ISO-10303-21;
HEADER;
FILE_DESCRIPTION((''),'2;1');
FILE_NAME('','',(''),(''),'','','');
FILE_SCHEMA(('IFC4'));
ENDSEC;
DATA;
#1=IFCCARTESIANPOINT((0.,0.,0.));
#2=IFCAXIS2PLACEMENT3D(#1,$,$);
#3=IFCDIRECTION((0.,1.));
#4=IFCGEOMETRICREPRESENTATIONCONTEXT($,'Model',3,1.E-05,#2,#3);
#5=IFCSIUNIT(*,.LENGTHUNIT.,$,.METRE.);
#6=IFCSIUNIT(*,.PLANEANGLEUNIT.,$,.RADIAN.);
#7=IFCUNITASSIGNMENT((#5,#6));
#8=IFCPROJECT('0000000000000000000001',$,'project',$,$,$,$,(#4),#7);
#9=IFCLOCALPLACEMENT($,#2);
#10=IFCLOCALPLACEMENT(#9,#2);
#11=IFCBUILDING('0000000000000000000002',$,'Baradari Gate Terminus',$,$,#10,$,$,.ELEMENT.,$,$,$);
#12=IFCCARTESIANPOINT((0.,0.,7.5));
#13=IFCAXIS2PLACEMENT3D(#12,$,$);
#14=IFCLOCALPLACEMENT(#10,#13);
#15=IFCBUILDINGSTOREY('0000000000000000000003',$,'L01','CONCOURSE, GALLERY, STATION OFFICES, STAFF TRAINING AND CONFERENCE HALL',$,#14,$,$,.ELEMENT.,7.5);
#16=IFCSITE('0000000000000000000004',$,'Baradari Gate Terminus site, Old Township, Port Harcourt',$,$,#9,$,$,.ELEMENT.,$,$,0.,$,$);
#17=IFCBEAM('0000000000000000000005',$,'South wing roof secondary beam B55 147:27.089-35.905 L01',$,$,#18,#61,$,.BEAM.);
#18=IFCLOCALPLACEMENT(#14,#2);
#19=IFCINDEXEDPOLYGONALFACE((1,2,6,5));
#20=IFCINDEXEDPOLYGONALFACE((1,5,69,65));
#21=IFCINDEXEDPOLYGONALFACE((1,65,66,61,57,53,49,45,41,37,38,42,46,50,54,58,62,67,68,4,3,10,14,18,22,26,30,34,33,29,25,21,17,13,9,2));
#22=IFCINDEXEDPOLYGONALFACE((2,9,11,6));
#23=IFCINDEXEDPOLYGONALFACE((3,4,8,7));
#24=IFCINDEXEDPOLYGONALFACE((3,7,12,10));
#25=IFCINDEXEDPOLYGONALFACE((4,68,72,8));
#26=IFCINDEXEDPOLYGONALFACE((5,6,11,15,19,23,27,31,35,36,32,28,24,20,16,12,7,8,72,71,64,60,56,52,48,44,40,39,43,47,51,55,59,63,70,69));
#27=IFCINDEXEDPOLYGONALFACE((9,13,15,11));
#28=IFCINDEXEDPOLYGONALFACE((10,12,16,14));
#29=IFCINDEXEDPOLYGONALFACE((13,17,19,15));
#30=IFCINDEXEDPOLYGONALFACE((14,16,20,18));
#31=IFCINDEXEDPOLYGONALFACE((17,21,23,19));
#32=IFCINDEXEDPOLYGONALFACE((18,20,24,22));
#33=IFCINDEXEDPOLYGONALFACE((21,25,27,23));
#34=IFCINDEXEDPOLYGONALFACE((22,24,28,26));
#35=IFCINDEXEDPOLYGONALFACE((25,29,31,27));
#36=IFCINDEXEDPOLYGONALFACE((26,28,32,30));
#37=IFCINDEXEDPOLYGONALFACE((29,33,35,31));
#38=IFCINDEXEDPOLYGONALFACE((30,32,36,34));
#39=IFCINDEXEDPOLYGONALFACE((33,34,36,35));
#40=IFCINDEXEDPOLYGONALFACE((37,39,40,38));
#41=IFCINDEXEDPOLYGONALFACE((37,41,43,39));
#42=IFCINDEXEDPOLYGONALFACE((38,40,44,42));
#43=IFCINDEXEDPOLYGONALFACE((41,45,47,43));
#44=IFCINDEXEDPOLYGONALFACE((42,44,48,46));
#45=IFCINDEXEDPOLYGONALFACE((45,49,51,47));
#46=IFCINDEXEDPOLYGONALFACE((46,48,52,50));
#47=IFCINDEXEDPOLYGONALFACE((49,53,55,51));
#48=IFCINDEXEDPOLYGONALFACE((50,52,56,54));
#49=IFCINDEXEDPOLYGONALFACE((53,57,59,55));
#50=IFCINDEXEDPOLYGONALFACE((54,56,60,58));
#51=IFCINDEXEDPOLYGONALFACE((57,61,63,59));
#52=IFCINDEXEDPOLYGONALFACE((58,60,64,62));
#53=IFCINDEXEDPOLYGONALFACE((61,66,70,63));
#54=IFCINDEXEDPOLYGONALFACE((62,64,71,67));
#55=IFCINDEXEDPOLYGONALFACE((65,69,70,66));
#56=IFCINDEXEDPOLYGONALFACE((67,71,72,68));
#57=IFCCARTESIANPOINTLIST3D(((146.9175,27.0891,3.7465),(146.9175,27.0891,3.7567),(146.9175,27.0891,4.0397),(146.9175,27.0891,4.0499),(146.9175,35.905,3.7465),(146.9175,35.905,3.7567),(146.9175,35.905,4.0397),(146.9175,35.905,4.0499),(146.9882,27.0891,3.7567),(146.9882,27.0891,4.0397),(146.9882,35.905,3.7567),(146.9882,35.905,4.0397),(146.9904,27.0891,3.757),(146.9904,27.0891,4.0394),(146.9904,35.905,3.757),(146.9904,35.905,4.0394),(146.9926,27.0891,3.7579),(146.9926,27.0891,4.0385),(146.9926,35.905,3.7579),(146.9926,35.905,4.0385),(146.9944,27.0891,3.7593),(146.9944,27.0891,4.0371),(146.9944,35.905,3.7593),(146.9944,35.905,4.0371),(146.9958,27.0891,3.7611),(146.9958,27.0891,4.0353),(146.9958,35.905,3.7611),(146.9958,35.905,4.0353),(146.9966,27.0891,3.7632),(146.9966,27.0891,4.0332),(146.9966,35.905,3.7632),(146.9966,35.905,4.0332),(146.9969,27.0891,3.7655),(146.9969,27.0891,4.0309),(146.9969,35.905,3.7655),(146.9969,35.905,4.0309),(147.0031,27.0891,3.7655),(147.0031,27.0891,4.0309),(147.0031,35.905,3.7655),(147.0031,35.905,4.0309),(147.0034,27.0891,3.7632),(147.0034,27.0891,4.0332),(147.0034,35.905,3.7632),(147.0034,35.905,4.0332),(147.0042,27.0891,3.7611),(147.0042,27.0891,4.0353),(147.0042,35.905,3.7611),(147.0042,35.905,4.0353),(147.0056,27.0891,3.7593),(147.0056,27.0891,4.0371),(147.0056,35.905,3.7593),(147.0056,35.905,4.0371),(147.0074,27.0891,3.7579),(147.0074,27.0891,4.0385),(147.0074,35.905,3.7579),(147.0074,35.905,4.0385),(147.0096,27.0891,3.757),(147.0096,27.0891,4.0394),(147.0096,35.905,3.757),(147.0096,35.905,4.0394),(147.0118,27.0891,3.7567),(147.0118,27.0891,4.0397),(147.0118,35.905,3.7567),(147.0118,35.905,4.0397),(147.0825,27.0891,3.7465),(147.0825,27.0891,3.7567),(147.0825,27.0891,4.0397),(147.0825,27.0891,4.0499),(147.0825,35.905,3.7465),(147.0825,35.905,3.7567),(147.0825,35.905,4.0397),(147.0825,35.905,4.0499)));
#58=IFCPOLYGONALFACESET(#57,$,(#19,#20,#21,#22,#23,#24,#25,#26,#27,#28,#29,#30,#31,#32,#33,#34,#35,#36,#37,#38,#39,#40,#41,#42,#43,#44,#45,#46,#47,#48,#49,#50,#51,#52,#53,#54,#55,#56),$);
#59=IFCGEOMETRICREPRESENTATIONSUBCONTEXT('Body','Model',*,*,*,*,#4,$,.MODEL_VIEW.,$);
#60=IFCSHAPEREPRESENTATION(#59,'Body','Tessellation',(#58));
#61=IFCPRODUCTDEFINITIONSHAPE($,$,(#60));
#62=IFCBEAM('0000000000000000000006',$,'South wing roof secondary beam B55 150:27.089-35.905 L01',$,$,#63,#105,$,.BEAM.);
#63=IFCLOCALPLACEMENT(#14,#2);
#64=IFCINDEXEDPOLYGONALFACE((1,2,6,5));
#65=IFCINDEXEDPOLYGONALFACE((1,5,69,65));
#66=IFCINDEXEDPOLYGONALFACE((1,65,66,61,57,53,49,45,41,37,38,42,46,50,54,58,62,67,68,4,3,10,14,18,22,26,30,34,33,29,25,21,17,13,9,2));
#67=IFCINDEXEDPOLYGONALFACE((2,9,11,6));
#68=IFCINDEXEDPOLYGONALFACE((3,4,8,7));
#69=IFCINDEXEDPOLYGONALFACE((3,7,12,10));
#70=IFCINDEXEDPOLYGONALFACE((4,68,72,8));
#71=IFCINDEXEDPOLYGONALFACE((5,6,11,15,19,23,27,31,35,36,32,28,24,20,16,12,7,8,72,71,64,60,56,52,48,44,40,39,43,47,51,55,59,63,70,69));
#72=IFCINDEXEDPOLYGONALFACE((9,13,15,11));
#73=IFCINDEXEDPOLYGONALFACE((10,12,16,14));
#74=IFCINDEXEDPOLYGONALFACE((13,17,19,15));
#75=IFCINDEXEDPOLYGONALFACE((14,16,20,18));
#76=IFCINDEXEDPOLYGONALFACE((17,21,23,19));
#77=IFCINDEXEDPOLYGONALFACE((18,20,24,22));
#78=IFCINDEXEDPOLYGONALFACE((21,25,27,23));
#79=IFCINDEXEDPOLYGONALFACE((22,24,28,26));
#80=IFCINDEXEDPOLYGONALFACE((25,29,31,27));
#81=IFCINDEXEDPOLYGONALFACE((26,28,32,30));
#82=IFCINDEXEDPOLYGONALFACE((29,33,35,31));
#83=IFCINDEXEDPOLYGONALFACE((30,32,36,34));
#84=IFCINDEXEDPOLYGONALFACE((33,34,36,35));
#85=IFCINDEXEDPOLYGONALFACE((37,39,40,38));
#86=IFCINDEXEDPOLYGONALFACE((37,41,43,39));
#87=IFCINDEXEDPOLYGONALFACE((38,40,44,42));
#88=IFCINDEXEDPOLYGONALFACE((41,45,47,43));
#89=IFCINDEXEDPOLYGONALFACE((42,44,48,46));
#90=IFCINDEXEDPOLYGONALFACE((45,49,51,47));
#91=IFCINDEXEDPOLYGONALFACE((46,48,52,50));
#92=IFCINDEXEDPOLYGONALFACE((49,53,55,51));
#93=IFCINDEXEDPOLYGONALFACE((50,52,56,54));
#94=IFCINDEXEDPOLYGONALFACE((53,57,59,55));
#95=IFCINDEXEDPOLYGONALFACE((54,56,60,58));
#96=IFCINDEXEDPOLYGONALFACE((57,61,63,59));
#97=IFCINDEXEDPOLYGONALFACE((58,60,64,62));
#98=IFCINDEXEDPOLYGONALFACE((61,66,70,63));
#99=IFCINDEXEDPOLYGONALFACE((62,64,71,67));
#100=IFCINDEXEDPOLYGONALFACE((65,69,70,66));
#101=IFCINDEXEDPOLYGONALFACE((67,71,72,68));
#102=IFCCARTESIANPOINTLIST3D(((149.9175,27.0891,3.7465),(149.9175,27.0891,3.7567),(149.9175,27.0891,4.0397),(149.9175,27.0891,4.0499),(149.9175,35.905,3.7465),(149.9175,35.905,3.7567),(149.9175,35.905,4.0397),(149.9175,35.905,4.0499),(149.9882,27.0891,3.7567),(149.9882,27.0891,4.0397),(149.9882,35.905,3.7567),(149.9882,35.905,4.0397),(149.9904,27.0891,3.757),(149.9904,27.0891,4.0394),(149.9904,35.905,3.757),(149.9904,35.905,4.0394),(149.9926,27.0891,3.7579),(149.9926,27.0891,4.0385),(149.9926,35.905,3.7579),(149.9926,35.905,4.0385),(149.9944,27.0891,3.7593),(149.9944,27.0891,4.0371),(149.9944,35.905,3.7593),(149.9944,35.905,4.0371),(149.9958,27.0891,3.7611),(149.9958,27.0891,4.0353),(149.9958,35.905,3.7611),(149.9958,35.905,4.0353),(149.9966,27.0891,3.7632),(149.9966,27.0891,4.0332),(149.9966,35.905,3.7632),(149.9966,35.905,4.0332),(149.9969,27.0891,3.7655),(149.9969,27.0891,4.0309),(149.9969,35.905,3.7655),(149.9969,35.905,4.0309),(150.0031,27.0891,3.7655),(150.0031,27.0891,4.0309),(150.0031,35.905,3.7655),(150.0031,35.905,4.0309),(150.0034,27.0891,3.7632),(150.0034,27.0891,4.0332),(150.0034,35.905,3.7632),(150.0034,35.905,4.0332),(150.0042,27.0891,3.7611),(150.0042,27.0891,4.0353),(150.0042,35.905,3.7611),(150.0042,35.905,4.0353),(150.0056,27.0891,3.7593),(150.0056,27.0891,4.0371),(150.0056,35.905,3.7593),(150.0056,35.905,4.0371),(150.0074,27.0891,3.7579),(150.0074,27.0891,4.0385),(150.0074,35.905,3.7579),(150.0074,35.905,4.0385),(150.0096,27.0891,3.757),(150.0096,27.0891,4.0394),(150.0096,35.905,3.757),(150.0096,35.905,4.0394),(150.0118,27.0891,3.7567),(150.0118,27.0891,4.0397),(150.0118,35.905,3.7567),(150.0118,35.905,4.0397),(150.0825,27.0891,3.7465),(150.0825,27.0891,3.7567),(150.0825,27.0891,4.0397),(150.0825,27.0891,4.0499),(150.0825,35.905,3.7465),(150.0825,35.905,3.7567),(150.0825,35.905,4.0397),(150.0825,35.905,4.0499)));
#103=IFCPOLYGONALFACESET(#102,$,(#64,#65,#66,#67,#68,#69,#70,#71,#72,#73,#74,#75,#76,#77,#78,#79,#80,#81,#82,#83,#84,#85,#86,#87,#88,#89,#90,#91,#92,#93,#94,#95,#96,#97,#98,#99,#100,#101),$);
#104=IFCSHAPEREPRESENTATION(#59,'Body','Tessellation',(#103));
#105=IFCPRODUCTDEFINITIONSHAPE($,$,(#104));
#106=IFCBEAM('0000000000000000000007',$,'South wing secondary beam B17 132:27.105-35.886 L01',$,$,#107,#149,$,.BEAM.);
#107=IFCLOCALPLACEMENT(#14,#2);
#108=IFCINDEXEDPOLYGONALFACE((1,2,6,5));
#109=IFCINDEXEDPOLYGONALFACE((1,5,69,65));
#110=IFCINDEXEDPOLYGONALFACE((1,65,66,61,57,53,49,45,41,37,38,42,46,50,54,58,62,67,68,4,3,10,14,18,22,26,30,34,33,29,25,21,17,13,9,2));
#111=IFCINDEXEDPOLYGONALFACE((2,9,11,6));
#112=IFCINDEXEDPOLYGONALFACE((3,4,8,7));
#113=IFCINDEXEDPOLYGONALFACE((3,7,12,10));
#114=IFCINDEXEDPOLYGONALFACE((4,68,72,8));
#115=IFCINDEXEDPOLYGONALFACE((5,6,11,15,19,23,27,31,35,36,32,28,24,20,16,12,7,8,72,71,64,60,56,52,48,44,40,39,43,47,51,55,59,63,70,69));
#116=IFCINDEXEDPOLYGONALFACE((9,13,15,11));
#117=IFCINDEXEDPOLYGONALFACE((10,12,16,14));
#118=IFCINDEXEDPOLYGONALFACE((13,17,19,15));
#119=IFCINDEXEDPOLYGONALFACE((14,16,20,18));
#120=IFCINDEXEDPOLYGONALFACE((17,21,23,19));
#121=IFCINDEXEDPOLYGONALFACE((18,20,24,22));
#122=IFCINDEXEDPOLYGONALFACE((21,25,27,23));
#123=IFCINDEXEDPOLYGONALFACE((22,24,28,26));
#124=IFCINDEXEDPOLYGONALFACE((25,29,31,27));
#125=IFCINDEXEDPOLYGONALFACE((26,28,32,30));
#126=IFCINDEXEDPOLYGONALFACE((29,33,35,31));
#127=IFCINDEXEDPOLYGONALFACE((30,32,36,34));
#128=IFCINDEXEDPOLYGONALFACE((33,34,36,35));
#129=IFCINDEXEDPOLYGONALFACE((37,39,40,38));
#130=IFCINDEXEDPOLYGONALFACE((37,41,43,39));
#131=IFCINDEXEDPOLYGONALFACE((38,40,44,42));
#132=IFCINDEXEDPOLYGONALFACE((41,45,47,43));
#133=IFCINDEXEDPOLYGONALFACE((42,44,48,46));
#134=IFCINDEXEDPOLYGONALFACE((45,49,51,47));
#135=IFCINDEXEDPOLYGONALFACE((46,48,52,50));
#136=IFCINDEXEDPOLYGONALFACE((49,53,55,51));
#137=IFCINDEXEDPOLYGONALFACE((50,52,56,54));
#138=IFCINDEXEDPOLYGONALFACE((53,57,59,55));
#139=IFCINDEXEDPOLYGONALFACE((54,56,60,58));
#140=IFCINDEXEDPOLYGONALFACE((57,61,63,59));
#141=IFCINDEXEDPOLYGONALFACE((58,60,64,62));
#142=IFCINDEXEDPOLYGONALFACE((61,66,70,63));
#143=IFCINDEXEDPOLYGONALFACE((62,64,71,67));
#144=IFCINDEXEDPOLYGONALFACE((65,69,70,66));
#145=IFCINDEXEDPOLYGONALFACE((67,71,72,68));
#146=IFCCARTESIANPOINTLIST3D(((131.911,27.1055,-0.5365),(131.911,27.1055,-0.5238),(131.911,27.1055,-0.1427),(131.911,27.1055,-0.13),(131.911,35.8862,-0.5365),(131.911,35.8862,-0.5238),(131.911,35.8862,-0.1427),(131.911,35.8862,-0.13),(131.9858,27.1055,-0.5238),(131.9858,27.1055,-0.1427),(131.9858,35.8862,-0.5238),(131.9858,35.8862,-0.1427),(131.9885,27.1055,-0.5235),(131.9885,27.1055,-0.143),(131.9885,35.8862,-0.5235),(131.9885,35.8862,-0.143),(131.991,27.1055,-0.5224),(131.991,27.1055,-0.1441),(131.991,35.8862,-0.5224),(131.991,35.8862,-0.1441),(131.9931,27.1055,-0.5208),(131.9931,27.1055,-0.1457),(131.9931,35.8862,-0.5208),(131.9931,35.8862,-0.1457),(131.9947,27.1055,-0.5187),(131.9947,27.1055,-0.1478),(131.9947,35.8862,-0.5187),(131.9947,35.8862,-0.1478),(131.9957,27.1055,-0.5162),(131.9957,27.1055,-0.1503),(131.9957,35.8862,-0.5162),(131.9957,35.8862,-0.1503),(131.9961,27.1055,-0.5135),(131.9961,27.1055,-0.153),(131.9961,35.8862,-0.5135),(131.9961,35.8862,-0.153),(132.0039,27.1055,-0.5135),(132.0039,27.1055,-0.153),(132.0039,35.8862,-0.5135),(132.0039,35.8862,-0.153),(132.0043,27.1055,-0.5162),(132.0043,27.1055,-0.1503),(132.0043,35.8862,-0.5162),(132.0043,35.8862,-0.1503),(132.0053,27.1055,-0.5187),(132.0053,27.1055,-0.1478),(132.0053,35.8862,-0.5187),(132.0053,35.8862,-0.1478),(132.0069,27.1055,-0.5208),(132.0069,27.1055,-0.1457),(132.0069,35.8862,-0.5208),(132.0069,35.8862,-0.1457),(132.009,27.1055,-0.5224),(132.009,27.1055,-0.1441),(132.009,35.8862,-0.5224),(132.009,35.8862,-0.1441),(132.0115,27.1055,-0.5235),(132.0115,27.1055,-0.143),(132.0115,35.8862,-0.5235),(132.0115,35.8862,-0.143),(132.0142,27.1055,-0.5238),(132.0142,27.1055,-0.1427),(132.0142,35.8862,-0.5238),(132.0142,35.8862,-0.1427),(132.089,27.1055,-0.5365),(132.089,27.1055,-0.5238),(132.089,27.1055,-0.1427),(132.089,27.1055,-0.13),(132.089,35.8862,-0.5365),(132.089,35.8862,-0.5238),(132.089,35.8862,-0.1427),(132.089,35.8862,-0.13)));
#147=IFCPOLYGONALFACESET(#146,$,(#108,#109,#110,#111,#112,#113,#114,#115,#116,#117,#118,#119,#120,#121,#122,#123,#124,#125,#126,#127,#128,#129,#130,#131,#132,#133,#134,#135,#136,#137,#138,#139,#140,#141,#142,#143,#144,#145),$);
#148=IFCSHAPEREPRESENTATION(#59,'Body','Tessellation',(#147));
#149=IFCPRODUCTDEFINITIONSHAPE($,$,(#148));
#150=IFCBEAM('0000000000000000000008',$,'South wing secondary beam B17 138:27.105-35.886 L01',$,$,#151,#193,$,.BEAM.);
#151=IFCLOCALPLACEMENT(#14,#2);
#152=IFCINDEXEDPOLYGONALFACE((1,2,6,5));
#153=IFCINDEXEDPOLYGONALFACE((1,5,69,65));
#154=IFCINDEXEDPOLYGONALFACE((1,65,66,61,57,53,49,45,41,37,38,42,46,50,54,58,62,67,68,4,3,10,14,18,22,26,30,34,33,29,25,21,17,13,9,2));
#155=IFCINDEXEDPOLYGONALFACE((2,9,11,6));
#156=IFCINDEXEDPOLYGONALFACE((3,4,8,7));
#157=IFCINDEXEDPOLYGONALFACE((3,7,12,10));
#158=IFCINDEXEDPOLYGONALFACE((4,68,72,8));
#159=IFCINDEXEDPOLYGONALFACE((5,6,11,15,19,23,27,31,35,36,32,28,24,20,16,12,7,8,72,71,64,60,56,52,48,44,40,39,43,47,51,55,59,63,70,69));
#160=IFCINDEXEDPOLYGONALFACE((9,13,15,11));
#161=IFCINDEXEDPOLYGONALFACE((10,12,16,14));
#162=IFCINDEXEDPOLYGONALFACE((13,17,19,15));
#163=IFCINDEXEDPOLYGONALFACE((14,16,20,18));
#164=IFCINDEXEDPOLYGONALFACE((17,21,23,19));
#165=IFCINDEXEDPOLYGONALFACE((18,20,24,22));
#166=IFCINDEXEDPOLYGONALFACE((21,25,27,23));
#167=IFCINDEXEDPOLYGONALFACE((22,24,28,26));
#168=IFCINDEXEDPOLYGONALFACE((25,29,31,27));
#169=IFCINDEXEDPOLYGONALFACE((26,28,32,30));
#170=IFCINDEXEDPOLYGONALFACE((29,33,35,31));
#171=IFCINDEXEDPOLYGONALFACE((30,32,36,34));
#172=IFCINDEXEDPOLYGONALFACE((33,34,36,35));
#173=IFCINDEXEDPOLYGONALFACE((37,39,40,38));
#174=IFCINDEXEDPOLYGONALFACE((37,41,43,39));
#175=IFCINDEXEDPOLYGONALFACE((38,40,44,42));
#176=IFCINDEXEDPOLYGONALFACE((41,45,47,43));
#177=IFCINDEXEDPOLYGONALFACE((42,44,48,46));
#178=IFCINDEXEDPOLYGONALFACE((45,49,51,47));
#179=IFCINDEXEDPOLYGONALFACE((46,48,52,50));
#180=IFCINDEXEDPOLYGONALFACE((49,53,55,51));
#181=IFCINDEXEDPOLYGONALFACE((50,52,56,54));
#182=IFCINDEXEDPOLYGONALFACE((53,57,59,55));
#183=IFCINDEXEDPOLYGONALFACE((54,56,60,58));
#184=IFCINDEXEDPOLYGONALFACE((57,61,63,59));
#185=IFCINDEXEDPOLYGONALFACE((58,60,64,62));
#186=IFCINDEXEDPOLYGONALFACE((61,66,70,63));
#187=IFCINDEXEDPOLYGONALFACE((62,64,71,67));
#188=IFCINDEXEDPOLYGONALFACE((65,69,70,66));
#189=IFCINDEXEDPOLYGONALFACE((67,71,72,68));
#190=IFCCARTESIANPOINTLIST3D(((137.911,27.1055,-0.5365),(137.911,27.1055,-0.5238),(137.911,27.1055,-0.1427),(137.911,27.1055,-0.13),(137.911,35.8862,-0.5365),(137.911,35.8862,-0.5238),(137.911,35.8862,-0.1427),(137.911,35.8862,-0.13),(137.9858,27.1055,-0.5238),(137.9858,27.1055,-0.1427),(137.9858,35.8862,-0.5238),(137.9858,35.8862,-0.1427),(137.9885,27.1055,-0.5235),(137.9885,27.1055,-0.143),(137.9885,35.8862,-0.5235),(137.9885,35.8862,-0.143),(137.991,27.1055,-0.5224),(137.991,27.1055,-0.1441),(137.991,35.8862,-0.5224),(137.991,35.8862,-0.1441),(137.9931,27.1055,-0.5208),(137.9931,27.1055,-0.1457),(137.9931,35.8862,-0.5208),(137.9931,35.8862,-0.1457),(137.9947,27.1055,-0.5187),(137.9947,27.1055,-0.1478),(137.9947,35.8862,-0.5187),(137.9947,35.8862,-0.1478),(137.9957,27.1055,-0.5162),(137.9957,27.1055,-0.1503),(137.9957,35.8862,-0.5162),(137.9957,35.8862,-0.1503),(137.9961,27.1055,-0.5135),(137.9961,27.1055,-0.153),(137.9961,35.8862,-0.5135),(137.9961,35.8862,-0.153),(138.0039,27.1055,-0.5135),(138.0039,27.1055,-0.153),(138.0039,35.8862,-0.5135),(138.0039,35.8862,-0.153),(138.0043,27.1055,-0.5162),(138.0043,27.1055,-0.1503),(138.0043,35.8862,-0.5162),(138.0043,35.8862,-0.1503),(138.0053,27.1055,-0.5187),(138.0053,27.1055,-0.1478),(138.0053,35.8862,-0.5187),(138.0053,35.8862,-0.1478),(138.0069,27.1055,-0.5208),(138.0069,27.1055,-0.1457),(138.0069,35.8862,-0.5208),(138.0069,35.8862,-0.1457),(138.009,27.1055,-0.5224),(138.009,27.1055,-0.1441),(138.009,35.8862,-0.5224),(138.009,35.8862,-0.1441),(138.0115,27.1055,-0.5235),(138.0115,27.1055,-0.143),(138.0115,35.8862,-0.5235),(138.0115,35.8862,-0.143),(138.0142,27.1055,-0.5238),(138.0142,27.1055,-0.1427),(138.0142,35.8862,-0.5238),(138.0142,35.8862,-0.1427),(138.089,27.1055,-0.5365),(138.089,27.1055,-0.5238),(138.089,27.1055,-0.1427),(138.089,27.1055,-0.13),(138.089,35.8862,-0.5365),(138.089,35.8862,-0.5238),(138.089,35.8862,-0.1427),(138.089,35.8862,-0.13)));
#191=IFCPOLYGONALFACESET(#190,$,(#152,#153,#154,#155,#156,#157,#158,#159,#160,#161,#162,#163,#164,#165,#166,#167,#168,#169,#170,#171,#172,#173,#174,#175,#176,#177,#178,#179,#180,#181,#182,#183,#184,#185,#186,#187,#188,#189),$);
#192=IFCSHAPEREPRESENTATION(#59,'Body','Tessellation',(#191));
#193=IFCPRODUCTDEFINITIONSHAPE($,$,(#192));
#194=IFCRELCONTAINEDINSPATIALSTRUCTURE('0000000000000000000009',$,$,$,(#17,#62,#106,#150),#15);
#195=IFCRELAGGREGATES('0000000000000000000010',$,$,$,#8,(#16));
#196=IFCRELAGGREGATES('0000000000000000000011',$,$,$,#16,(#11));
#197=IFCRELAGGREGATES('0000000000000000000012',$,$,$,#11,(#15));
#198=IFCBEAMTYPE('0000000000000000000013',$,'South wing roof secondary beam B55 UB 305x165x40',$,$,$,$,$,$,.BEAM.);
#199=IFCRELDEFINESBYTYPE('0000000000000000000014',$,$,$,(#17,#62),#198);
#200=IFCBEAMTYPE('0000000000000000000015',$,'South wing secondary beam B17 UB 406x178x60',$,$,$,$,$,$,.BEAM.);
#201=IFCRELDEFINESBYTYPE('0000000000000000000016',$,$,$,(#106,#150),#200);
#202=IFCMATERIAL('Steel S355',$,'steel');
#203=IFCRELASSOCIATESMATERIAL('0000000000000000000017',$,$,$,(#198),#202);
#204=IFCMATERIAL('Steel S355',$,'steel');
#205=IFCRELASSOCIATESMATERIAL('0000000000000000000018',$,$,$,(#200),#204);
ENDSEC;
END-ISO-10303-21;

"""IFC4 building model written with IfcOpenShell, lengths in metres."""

from ifc_helpers import new_model, si_unit, direction, frame, origin, origin_2d, place, context, subcontext, project, spatial, i_section, extrude, material, material_profile, profile_set, type_object, element, save


model = new_model("IFC4")

# Units and contexts
model_context = context("Model", 3, precision=1e-05, world=origin(), true_north=direction((0.0, 1.0)))
body_context = subcontext(model_context, "Body", "Model", "MODEL_VIEW")
ifc_project = project(units=[si_unit("LENGTHUNIT", "METRE"), si_unit("PLANEANGLEUNIT", "RADIAN")], contexts=[model_context])

# Site, building, storey
site_placement = place(None, origin())
site = spatial("IfcSite", under=ifc_project, at=site_placement, Name="Baradari Gate Terminus site, Old Township, Port Harcourt", CompositionType="ELEMENT", RefElevation=0.0)
building_placement = place(site_placement, origin())
building = spatial("IfcBuilding", under=site, at=building_placement, Name="Baradari Gate Terminus", CompositionType="ELEMENT")
storey_placement = place(building_placement, frame((0.0, 0.0, 7.5)))
storey = spatial("IfcBuildingStorey", under=building, at=storey_placement, Name="L01", Description="CONCOURSE, GALLERY, STATION OFFICES, STAFF TRAINING AND CONFERENCE HALL", CompositionType="ELEMENT", Elevation=7.5)

# Beams
ifc_material_1 = material(Name="Steel S355", Category="steel")
ifc_material_profile_1 = material_profile(ifc_material_1, i_section(OverallWidth=0.165, OverallDepth=0.3035, WebThickness=0.0061, FlangeThickness=0.0103, FilletRadius=0.0088, at=origin_2d()), Name="UB 305x165x40")
ifc_profile_set_1 = profile_set([ifc_material_profile_1], Name="Steel S355")
beam_type_1 = type_object("IfcBeamType", Name="South wing roof secondary beam B55 UB 305x165x40", PredefinedType="BEAM", material=ifc_profile_set_1)
for number, where, z_axis, x_axis, name in (
    (1, (147.0, 27.0891, 3.8982), (0.0, 1.0, 0.0), (-1.0, 0.0, 0.0), "South wing roof secondary beam B55 147:27.089-35.905 L01"),
    (2, (150.0, 27.0891, 3.8982), (0.0, 1.0, 0.0), (-1.0, 0.0, 0.0), "South wing roof secondary beam B55 150:27.089-35.905 L01"),
):
    element("IfcBeam", number, at=place(storey_placement, frame(where, z_axis=z_axis, x_axis=x_axis)), inside=storey, type_object=beam_type_1, Name=name, PredefinedType="BEAM", context=body_context, shape_type="SweptSolid", body=[
        extrude(i_section(OverallWidth=0.165, OverallDepth=0.3035, WebThickness=0.0061, FlangeThickness=0.0103, FilletRadius=0.0088, at=origin_2d()), origin(), (0.0, 0.0, 1.0), 8.8159),
    ])
ifc_material_2 = material(Name="Steel S355", Category="steel")
ifc_material_profile_2 = material_profile(ifc_material_2, i_section(OverallWidth=0.178, OverallDepth=0.4065, WebThickness=0.0078, FlangeThickness=0.0127, FilletRadius=0.0103, at=origin_2d()), Name="UB 406x178x60")
ifc_profile_set_2 = profile_set([ifc_material_profile_2], Name="Steel S355")
beam_type_2 = type_object("IfcBeamType", Name="South wing secondary beam B17 UB 406x178x60", PredefinedType="BEAM", material=ifc_profile_set_2)
for number, where, z_axis, x_axis, name in (
    (3, (132.0, 27.1055, -0.3333), (0.0, 1.0, 0.0), (-1.0, 0.0, 0.0), "South wing secondary beam B17 132:27.105-35.886 L01"),
    (4, (138.0, 27.1055, -0.3333), (0.0, 1.0, 0.0), (-1.0, 0.0, 0.0), "South wing secondary beam B17 138:27.105-35.886 L01"),
):
    element("IfcBeam", number, at=place(storey_placement, frame(where, z_axis=z_axis, x_axis=x_axis)), inside=storey, type_object=beam_type_2, Name=name, PredefinedType="BEAM", context=body_context, shape_type="SweptSolid", body=[
        extrude(i_section(OverallWidth=0.178, OverallDepth=0.4065, WebThickness=0.0078, FlangeThickness=0.0127, FilletRadius=0.0103, at=origin_2d()), origin(), (0.0, 0.0, 1.0), 8.7808),
    ])

save(model, "model.ifc")
